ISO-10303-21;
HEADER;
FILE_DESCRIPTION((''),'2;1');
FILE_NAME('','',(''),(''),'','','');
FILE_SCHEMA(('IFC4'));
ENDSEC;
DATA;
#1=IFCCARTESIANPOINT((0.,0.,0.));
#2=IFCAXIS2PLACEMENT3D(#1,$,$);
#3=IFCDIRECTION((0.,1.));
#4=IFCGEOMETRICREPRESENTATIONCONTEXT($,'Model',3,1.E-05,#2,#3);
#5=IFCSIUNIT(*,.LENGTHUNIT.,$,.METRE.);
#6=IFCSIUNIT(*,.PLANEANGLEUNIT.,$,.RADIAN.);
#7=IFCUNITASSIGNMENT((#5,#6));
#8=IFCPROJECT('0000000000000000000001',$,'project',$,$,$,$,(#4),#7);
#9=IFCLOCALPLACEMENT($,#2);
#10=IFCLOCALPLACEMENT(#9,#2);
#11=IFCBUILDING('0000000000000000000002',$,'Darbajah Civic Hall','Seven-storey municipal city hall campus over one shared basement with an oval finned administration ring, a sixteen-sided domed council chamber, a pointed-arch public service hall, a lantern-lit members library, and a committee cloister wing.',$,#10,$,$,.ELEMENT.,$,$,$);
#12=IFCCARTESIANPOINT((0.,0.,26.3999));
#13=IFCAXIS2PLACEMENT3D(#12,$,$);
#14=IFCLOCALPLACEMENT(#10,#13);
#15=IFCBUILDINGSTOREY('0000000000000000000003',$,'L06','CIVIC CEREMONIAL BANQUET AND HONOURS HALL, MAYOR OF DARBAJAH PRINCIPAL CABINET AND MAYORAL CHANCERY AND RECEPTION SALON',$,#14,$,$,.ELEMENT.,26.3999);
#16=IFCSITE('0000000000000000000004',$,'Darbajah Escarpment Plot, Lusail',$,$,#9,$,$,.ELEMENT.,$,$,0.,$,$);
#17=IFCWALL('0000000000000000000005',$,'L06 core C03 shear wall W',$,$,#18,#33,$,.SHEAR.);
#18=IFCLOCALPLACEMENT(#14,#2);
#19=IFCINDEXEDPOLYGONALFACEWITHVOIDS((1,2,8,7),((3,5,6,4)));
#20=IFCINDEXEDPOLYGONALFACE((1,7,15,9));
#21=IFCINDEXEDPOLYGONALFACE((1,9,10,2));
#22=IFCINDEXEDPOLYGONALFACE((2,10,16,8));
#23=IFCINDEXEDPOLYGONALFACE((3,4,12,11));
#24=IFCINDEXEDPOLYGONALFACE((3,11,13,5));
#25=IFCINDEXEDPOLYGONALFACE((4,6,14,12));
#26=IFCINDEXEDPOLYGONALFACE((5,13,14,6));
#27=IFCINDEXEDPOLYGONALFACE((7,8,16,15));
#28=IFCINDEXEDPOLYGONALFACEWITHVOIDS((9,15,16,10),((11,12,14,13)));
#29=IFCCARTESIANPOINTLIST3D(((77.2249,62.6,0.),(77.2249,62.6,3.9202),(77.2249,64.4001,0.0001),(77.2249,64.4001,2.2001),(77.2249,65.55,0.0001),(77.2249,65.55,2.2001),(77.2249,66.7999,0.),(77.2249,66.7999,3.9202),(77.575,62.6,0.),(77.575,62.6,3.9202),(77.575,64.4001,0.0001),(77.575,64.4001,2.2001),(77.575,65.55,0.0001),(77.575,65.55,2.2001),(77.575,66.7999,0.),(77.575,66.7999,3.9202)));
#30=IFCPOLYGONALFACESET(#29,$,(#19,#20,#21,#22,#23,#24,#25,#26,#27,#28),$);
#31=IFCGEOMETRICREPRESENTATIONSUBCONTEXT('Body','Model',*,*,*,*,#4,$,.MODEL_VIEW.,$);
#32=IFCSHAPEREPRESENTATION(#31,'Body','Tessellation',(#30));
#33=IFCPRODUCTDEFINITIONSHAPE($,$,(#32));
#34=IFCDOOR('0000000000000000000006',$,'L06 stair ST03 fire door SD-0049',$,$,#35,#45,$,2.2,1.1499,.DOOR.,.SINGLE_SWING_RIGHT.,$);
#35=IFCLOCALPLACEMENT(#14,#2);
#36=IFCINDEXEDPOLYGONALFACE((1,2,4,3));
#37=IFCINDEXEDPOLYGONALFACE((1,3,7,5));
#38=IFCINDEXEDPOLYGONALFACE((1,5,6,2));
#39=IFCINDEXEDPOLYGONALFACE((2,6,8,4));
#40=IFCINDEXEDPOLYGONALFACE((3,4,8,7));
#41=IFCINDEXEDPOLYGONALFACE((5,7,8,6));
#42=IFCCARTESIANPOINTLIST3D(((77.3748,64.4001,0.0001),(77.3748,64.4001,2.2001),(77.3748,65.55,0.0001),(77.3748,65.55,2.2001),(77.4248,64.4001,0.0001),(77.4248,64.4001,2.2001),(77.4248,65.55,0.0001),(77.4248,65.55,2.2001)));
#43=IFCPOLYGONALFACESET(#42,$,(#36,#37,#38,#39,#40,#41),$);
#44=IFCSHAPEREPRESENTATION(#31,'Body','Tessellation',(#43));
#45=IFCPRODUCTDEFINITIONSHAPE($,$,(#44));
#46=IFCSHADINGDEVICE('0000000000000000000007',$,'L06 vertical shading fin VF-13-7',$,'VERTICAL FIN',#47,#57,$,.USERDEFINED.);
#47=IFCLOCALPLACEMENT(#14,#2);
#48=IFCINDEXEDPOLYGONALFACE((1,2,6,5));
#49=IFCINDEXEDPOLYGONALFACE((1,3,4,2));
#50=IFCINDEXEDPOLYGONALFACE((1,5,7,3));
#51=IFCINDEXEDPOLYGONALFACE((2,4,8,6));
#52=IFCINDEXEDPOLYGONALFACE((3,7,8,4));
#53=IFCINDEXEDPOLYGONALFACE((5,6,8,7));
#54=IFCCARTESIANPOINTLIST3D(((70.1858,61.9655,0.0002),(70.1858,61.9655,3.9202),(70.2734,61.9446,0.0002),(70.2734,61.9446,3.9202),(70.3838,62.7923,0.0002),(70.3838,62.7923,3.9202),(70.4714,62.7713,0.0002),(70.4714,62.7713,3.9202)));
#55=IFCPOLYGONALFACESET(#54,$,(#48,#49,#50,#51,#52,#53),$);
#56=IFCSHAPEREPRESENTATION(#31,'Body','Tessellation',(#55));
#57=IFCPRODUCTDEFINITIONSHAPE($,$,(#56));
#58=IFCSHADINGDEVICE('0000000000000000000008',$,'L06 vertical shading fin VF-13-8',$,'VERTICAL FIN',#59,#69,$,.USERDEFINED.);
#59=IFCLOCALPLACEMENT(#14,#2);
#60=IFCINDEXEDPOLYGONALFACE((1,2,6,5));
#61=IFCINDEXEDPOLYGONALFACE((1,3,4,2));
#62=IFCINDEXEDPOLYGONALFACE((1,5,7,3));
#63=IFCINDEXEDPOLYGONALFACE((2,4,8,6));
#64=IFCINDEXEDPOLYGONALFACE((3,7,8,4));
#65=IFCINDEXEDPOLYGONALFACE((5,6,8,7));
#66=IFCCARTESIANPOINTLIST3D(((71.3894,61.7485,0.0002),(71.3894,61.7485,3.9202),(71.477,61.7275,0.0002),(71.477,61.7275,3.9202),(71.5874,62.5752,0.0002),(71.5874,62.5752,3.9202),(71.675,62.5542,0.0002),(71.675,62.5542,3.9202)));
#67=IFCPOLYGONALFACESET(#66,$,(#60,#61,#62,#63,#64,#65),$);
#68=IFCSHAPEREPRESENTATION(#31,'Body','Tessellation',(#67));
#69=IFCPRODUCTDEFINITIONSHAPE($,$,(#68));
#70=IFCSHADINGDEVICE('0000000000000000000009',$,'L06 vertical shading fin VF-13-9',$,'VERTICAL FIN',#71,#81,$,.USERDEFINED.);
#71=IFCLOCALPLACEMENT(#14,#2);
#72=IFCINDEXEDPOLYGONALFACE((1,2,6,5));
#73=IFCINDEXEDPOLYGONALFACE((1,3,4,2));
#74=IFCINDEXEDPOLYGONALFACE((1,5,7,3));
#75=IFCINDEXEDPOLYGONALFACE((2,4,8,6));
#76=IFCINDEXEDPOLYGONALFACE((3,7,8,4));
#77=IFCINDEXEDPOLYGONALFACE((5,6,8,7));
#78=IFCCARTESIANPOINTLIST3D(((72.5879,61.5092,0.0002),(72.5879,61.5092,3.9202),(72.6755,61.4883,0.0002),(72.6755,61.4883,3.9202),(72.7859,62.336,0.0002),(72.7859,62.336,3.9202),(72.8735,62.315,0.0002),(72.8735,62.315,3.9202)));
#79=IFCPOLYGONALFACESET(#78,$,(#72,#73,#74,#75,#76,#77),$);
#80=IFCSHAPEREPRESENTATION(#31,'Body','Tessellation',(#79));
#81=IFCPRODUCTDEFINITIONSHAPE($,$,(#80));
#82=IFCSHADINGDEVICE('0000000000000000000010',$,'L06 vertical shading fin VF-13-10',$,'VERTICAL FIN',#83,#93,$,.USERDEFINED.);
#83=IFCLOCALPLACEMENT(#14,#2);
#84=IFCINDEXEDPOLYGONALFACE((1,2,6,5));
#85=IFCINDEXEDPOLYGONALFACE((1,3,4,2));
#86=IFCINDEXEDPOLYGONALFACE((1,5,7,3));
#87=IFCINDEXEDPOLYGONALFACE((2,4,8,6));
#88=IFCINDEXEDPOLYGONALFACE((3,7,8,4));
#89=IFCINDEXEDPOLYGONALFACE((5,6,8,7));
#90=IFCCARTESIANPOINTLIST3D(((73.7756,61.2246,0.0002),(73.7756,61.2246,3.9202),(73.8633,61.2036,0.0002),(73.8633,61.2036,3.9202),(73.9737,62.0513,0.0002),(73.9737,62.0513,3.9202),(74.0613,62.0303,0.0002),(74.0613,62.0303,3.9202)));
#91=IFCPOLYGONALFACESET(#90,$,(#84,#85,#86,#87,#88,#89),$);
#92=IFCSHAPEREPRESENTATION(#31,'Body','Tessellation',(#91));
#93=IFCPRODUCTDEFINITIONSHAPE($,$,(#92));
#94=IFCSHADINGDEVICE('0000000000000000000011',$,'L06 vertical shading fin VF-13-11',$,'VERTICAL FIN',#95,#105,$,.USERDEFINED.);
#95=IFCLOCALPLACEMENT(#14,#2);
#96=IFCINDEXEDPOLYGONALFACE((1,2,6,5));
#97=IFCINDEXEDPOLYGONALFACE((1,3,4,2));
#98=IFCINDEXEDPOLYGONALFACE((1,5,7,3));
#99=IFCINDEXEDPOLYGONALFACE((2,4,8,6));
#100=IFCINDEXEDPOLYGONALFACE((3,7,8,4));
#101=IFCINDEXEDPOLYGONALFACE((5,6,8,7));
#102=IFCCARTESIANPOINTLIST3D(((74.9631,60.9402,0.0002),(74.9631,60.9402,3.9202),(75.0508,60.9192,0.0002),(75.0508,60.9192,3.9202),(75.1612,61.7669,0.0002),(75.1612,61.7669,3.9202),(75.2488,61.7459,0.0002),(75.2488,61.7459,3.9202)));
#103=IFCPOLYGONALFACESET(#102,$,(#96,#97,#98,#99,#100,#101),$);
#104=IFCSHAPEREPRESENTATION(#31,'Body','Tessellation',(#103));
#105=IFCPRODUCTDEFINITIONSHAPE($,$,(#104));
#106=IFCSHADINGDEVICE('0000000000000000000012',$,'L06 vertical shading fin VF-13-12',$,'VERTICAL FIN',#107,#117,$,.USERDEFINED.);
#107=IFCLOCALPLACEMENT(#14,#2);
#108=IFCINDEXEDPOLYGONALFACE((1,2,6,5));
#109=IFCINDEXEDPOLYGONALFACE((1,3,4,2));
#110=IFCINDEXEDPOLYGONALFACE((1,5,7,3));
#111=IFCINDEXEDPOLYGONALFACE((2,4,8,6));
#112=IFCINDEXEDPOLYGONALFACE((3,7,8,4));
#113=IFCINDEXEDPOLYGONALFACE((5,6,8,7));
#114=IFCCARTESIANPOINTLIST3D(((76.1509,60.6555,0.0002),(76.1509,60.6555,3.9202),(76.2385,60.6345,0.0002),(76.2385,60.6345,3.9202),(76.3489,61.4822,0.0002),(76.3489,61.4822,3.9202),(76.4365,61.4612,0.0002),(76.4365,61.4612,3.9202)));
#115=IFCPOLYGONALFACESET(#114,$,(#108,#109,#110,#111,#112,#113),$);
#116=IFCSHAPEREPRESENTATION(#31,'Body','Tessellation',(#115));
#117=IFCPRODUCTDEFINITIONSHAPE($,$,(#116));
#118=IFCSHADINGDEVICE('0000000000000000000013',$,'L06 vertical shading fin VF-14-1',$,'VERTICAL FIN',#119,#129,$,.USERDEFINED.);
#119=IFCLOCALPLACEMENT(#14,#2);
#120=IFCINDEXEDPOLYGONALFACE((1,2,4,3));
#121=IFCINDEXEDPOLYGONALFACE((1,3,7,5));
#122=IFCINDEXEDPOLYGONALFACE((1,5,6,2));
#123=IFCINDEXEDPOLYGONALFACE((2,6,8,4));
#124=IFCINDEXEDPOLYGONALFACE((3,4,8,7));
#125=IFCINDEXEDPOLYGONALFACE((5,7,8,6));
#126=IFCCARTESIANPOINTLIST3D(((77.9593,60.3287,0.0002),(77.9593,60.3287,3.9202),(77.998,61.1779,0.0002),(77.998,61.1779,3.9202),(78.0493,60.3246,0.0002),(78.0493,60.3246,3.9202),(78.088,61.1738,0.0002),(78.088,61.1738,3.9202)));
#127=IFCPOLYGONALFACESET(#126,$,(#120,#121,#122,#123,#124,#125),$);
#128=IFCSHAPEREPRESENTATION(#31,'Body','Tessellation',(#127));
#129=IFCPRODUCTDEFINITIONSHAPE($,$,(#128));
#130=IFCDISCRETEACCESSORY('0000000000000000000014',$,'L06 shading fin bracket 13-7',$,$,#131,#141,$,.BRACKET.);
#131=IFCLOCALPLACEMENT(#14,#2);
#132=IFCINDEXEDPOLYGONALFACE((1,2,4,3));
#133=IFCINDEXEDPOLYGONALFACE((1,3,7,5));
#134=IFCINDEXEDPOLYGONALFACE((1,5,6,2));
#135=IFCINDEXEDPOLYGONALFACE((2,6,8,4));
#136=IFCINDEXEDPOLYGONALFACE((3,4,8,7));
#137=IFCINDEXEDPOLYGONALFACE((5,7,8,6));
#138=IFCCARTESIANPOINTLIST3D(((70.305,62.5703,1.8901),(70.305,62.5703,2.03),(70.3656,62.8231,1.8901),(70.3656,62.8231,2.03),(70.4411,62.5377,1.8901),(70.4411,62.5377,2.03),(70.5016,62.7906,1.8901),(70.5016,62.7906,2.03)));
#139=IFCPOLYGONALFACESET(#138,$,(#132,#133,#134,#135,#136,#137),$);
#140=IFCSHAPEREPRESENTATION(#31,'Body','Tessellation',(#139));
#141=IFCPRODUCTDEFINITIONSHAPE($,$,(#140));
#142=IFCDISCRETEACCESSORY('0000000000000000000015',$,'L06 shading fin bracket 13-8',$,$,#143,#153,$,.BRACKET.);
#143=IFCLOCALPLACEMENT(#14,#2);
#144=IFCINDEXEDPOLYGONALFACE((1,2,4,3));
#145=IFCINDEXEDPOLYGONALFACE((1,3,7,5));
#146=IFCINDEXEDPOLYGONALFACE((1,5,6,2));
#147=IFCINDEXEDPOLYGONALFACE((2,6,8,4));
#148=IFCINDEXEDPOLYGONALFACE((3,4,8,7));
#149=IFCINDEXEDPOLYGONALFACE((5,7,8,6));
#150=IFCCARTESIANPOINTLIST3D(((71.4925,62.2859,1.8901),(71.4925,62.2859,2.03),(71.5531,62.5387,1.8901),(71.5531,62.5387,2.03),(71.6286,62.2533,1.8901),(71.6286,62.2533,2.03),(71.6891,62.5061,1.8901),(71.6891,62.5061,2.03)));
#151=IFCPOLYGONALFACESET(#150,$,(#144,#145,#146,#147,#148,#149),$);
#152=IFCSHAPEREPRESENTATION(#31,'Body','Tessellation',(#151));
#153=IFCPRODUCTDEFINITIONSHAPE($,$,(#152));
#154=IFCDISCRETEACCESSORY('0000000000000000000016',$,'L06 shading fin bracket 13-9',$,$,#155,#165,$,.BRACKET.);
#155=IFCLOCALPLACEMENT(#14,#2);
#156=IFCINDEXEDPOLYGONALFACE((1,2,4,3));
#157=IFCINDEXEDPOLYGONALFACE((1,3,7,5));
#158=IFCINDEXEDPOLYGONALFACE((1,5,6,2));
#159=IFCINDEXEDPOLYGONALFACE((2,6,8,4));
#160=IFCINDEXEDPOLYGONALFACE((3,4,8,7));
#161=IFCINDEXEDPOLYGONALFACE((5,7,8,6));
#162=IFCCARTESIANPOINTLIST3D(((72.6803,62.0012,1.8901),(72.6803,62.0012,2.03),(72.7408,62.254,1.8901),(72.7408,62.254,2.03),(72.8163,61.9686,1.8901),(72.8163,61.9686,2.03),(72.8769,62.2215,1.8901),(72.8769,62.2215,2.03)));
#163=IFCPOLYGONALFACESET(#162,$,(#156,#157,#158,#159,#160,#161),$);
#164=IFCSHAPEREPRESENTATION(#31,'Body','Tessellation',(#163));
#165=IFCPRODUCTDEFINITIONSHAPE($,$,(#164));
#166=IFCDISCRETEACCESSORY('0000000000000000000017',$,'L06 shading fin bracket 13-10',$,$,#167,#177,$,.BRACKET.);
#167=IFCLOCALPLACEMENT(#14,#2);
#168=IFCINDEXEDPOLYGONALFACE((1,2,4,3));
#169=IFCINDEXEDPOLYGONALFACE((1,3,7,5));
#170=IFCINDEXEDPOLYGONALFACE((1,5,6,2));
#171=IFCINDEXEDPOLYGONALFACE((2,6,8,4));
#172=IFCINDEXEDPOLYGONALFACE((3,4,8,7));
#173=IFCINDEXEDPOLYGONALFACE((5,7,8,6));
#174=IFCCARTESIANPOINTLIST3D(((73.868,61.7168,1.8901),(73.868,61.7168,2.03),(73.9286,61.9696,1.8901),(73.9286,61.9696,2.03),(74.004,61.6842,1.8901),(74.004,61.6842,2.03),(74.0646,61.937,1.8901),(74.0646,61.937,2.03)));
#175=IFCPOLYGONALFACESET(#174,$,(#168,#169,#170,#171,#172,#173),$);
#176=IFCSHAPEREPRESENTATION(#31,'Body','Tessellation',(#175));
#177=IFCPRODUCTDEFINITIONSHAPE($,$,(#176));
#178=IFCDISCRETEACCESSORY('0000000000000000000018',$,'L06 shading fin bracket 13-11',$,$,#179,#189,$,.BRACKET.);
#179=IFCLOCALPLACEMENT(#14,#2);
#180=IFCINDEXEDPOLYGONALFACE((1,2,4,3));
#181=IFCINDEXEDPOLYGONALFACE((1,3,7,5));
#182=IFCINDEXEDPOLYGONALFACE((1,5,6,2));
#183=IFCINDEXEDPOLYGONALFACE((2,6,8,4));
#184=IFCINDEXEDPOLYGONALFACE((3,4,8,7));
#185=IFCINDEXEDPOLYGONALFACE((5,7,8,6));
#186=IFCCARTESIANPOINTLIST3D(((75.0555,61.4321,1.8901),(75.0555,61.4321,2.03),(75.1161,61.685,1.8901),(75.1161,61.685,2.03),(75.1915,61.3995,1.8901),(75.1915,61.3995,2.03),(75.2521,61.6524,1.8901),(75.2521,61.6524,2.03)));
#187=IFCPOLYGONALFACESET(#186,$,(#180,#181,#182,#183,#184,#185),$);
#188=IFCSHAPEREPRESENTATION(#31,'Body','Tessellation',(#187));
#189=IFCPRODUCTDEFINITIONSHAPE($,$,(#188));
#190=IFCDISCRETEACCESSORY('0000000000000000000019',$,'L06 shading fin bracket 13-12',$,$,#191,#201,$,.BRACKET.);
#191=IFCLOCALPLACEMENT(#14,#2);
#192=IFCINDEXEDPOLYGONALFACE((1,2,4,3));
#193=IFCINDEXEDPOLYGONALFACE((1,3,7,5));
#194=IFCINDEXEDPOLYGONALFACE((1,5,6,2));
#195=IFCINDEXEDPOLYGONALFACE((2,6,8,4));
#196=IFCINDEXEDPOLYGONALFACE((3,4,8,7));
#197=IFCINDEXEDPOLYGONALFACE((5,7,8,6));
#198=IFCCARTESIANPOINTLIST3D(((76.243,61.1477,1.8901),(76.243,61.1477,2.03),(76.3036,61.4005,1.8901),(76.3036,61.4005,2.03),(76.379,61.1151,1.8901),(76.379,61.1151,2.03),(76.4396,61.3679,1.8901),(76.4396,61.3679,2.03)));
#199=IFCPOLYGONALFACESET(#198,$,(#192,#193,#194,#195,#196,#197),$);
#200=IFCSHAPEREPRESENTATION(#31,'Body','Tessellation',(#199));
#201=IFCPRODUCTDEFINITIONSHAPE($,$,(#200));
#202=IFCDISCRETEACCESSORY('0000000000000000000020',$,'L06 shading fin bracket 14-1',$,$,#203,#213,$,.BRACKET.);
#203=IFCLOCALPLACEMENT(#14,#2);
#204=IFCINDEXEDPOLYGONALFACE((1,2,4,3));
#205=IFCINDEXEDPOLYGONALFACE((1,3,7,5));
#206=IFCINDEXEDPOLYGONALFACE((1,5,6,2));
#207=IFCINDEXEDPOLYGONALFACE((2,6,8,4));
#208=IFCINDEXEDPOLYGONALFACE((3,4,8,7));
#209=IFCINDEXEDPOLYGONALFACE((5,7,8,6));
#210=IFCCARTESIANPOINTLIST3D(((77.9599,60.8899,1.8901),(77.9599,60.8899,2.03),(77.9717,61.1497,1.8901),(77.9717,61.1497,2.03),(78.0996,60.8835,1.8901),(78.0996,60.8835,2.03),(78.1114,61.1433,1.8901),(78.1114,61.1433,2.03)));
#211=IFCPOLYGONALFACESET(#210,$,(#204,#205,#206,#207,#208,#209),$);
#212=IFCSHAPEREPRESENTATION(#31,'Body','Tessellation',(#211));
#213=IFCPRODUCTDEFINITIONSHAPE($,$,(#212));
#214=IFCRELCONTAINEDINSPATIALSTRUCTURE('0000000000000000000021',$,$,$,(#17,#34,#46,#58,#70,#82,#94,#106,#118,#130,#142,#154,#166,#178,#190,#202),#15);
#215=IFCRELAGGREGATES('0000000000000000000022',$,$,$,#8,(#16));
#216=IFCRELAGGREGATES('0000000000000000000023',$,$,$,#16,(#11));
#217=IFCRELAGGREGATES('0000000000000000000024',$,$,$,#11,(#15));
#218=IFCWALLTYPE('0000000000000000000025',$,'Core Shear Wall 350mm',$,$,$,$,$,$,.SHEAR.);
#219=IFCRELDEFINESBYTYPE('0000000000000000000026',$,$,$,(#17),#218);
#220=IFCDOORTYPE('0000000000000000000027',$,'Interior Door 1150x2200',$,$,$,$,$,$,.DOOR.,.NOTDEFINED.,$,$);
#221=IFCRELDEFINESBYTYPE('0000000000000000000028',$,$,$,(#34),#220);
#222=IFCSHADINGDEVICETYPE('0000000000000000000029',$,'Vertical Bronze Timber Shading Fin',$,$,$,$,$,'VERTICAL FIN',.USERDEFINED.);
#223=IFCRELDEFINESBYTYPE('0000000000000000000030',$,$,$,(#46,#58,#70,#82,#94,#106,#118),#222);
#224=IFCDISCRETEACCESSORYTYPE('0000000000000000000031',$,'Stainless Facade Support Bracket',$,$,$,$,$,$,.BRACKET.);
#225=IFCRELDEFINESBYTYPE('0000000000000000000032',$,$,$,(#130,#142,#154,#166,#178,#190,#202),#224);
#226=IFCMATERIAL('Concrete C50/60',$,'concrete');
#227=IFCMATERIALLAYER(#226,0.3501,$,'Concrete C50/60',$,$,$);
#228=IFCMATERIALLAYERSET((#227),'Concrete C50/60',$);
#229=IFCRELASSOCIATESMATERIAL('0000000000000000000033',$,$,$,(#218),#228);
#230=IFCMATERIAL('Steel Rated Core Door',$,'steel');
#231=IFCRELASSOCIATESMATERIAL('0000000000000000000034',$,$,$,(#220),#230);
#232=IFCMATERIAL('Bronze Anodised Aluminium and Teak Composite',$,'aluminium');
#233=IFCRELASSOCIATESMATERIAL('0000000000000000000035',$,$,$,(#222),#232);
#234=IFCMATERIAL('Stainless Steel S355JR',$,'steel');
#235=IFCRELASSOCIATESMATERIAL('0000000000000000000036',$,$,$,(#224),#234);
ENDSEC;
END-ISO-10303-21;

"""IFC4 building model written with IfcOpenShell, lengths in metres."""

from ifc_helpers import new_model, si_unit, direction, frame, frame_2d, origin, origin_2d, place, context, subcontext, project, spatial, rectangle, extrude, material, layer, layer_set, type_object, element, fill, save


model = new_model("IFC4")

# Units and contexts
model_context = context("Model", 3, precision=1e-05, world=origin(), true_north=direction((0.0, 1.0)))
body_context = subcontext(model_context, "Body", "Model", "MODEL_VIEW")
ifc_project = project(units=[si_unit("LENGTHUNIT", "METRE"), si_unit("PLANEANGLEUNIT", "RADIAN")], contexts=[model_context])

# Site, building, storey
site_placement = place(None, origin())
site = spatial("IfcSite", under=ifc_project, at=site_placement, Name="Darbajah Escarpment Plot, Lusail", CompositionType="ELEMENT", RefElevation=0.0)
building_placement = place(site_placement, origin())
building = spatial("IfcBuilding", under=site, at=building_placement, Name="Darbajah Civic Hall", Description="Seven-storey municipal city hall campus over one shared basement with an oval finned administration ring, a sixteen-sided domed council chamber, a pointed-arch public service hall, a lantern-lit members library, and a committee cloister wing.", CompositionType="ELEMENT")
storey_placement = place(building_placement, frame((0.0, 0.0, 26.3999)))
storey = spatial("IfcBuildingStorey", under=building, at=storey_placement, Name="L06", Description="CIVIC CEREMONIAL BANQUET AND HONOURS HALL, MAYOR OF DARBAJAH PRINCIPAL CABINET AND MAYORAL CHANCERY AND RECEPTION SALON", CompositionType="ELEMENT", Elevation=26.3999)

# Shared definitions
ifc_material_1 = material(Name="Concrete C50/60", Category="concrete")
ifc_layer_1 = layer(ifc_material_1, 0.3501, Name="Concrete C50/60")
ifc_layer_set_1 = layer_set([ifc_layer_1], Name="Concrete C50/60")
wall_type = type_object("IfcWallType", Name="Core Shear Wall 350mm", PredefinedType="SHEAR", material=ifc_layer_set_1)

# Wall, opening, door
wall_1_placement = place(storey_placement, frame((77.3999, 66.8, 0.0), z_axis=(0.0, 0.0, 1.0), x_axis=(0.0, -1.0, 0.0)))
wall_1 = element("IfcWall", 1, at=wall_1_placement, inside=storey, type_object=wall_type, Name="L06 core C03 shear wall W", PredefinedType="SHEAR", context=body_context, shape_type="SweptSolid", body=[
    extrude(rectangle(XDim=4.2, YDim=0.3501, at=frame_2d((2.1001, 0.0))), origin(), (0.0, 0.0, 1.0), 3.9202),
])
opening_placement = place(wall_1_placement, frame((1.25, 0.0, 0.0)))
opening = element("IfcOpeningElement", 2, at=opening_placement, cuts=wall_1, PredefinedType="OPENING", context=body_context, shape_type="SweptSolid", body=[
    extrude(rectangle(XDim=1.1499, YDim=2.2, at=frame_2d((0.575, 1.1001))), frame((0.0, 0.1851, 0.0), z_axis=(0.0, -1.0, 0.0), x_axis=(1.0, 0.0, 0.0)), (0.0, 0.0, 1.0), 0.3701),
])
ifc_material_2 = material(Name="Steel Rated Core Door", Category="steel")
door_type = type_object("IfcDoorType", Name="Interior Door 1150x2200", OperationType="NOTDEFINED", PredefinedType="DOOR", material=ifc_material_2)
door_placement = place(opening_placement, origin())
door = element("IfcDoor", 3, at=door_placement, inside=storey, type_object=door_type, Name="L06 stair ST03 fire door SD-0049", OperationType="SINGLE_SWING_RIGHT", OverallHeight=2.2, OverallWidth=1.1499, PredefinedType="DOOR", context=body_context, shape_type="SweptSolid", body=[
    extrude(rectangle(XDim=1.1499, YDim=2.2, at=frame_2d((0.575, 1.1001))), frame((0.0, 0.0249, 0.0), z_axis=(0.0, -1.0, 0.0), x_axis=(1.0, 0.0, 0.0)), (0.0, 0.0, 1.0), 0.05),
])
fill(opening, door)

# Shading devices
ifc_material_3 = material(Name="Bronze Anodised Aluminium and Teak Composite", Category="aluminium")
shading_device_type = type_object("IfcShadingDeviceType", Name="Vertical Bronze Timber Shading Fin", ElementType="VERTICAL FIN", PredefinedType="USERDEFINED", material=ifc_material_3)
for number, where, z_axis, x_axis, name in (
    (4, (70.3286, 62.3684, 0.0002), (0.0, 0.0, 1.0), (-0.232936, -0.972492, 0.0), "L06 vertical shading fin VF-13-7"),
    (5, (71.5322, 62.1514, 0.0002), (0.0, 0.0, 1.0), (-0.232936, -0.972492, 0.0), "L06 vertical shading fin VF-13-8"),
    (6, (72.7307, 61.9121, 0.0002), (0.0, 0.0, 1.0), (-0.232936, -0.972492, 0.0), "L06 vertical shading fin VF-13-9"),
    (7, (73.9185, 61.6274, 0.0002), (0.0, 0.0, 1.0), (-0.232936, -0.972492, 0.0), "L06 vertical shading fin VF-13-10"),
    (8, (75.106, 61.343, 0.0002), (0.0, 0.0, 1.0), (-0.232936, -0.972492, 0.0), "L06 vertical shading fin VF-13-11"),
    (9, (76.2937, 61.0583, 0.0002), (0.0, 0.0, 1.0), (-0.232936, -0.972492, 0.0), "L06 vertical shading fin VF-13-12"),
    (10, (78.0237, 60.7512, 0.0002), (0.0, 0.0, 1.0), (-0.045537, -0.998963, 0.0), "L06 vertical shading fin VF-14-1"),
):
    element("IfcShadingDevice", number, at=place(storey_placement, frame(where, z_axis=z_axis, x_axis=x_axis)), inside=storey, type_object=shading_device_type, Name=name, ObjectType="VERTICAL FIN", PredefinedType="USERDEFINED", context=body_context, shape_type="SweptSolid", body=[
        extrude(rectangle(XDim=0.8501, YDim=0.0901, at=origin_2d()), origin(), (0.0, 0.0, 1.0), 3.9199),
    ])

# Discrete accessories
ifc_material_4 = material(Name="Stainless Steel S355JR", Category="steel")
discrete_accessory_type = type_object("IfcDiscreteAccessoryType", Name="Stainless Facade Support Bracket", PredefinedType="BRACKET", material=ifc_material_4)
for number, where, z_axis, x_axis, name in (
    (11, (70.4033, 62.6804, 1.8901), (0.0, 0.0, 1.0), (-0.232936, -0.972492, 0.0), "L06 shading fin bracket 13-7"),
    (12, (71.5908, 62.396, 1.8901), (0.0, 0.0, 1.0), (-0.232936, -0.972492, 0.0), "L06 shading fin bracket 13-8"),
    (13, (72.7786, 62.1113, 1.8901), (0.0, 0.0, 1.0), (-0.232936, -0.972492, 0.0), "L06 shading fin bracket 13-9"),
    (14, (73.9663, 61.8269, 1.8901), (0.0, 0.0, 1.0), (-0.232936, -0.972492, 0.0), "L06 shading fin bracket 13-10"),
    (15, (75.1538, 61.5422, 1.8901), (0.0, 0.0, 1.0), (-0.232936, -0.972492, 0.0), "L06 shading fin bracket 13-11"),
    (16, (76.3413, 61.2578, 1.8901), (0.0, 0.0, 1.0), (-0.232936, -0.972492, 0.0), "L06 shading fin bracket 13-12"),
    (17, (78.0356, 61.0166, 1.8901), (0.0, 0.0, 1.0), (-0.045537, -0.998963, 0.0), "L06 shading fin bracket 14-1"),
):
    element("IfcDiscreteAccessory", number, at=place(storey_placement, frame(where, z_axis=z_axis, x_axis=x_axis)), inside=storey, type_object=discrete_accessory_type, Name=name, PredefinedType="BRACKET", context=body_context, shape_type="SweptSolid", body=[
        extrude(rectangle(XDim=0.26, YDim=0.1399, at=origin_2d()), origin(), (0.0, 0.0, 1.0), 0.1399),
    ])

save(model, "model.ifc")
